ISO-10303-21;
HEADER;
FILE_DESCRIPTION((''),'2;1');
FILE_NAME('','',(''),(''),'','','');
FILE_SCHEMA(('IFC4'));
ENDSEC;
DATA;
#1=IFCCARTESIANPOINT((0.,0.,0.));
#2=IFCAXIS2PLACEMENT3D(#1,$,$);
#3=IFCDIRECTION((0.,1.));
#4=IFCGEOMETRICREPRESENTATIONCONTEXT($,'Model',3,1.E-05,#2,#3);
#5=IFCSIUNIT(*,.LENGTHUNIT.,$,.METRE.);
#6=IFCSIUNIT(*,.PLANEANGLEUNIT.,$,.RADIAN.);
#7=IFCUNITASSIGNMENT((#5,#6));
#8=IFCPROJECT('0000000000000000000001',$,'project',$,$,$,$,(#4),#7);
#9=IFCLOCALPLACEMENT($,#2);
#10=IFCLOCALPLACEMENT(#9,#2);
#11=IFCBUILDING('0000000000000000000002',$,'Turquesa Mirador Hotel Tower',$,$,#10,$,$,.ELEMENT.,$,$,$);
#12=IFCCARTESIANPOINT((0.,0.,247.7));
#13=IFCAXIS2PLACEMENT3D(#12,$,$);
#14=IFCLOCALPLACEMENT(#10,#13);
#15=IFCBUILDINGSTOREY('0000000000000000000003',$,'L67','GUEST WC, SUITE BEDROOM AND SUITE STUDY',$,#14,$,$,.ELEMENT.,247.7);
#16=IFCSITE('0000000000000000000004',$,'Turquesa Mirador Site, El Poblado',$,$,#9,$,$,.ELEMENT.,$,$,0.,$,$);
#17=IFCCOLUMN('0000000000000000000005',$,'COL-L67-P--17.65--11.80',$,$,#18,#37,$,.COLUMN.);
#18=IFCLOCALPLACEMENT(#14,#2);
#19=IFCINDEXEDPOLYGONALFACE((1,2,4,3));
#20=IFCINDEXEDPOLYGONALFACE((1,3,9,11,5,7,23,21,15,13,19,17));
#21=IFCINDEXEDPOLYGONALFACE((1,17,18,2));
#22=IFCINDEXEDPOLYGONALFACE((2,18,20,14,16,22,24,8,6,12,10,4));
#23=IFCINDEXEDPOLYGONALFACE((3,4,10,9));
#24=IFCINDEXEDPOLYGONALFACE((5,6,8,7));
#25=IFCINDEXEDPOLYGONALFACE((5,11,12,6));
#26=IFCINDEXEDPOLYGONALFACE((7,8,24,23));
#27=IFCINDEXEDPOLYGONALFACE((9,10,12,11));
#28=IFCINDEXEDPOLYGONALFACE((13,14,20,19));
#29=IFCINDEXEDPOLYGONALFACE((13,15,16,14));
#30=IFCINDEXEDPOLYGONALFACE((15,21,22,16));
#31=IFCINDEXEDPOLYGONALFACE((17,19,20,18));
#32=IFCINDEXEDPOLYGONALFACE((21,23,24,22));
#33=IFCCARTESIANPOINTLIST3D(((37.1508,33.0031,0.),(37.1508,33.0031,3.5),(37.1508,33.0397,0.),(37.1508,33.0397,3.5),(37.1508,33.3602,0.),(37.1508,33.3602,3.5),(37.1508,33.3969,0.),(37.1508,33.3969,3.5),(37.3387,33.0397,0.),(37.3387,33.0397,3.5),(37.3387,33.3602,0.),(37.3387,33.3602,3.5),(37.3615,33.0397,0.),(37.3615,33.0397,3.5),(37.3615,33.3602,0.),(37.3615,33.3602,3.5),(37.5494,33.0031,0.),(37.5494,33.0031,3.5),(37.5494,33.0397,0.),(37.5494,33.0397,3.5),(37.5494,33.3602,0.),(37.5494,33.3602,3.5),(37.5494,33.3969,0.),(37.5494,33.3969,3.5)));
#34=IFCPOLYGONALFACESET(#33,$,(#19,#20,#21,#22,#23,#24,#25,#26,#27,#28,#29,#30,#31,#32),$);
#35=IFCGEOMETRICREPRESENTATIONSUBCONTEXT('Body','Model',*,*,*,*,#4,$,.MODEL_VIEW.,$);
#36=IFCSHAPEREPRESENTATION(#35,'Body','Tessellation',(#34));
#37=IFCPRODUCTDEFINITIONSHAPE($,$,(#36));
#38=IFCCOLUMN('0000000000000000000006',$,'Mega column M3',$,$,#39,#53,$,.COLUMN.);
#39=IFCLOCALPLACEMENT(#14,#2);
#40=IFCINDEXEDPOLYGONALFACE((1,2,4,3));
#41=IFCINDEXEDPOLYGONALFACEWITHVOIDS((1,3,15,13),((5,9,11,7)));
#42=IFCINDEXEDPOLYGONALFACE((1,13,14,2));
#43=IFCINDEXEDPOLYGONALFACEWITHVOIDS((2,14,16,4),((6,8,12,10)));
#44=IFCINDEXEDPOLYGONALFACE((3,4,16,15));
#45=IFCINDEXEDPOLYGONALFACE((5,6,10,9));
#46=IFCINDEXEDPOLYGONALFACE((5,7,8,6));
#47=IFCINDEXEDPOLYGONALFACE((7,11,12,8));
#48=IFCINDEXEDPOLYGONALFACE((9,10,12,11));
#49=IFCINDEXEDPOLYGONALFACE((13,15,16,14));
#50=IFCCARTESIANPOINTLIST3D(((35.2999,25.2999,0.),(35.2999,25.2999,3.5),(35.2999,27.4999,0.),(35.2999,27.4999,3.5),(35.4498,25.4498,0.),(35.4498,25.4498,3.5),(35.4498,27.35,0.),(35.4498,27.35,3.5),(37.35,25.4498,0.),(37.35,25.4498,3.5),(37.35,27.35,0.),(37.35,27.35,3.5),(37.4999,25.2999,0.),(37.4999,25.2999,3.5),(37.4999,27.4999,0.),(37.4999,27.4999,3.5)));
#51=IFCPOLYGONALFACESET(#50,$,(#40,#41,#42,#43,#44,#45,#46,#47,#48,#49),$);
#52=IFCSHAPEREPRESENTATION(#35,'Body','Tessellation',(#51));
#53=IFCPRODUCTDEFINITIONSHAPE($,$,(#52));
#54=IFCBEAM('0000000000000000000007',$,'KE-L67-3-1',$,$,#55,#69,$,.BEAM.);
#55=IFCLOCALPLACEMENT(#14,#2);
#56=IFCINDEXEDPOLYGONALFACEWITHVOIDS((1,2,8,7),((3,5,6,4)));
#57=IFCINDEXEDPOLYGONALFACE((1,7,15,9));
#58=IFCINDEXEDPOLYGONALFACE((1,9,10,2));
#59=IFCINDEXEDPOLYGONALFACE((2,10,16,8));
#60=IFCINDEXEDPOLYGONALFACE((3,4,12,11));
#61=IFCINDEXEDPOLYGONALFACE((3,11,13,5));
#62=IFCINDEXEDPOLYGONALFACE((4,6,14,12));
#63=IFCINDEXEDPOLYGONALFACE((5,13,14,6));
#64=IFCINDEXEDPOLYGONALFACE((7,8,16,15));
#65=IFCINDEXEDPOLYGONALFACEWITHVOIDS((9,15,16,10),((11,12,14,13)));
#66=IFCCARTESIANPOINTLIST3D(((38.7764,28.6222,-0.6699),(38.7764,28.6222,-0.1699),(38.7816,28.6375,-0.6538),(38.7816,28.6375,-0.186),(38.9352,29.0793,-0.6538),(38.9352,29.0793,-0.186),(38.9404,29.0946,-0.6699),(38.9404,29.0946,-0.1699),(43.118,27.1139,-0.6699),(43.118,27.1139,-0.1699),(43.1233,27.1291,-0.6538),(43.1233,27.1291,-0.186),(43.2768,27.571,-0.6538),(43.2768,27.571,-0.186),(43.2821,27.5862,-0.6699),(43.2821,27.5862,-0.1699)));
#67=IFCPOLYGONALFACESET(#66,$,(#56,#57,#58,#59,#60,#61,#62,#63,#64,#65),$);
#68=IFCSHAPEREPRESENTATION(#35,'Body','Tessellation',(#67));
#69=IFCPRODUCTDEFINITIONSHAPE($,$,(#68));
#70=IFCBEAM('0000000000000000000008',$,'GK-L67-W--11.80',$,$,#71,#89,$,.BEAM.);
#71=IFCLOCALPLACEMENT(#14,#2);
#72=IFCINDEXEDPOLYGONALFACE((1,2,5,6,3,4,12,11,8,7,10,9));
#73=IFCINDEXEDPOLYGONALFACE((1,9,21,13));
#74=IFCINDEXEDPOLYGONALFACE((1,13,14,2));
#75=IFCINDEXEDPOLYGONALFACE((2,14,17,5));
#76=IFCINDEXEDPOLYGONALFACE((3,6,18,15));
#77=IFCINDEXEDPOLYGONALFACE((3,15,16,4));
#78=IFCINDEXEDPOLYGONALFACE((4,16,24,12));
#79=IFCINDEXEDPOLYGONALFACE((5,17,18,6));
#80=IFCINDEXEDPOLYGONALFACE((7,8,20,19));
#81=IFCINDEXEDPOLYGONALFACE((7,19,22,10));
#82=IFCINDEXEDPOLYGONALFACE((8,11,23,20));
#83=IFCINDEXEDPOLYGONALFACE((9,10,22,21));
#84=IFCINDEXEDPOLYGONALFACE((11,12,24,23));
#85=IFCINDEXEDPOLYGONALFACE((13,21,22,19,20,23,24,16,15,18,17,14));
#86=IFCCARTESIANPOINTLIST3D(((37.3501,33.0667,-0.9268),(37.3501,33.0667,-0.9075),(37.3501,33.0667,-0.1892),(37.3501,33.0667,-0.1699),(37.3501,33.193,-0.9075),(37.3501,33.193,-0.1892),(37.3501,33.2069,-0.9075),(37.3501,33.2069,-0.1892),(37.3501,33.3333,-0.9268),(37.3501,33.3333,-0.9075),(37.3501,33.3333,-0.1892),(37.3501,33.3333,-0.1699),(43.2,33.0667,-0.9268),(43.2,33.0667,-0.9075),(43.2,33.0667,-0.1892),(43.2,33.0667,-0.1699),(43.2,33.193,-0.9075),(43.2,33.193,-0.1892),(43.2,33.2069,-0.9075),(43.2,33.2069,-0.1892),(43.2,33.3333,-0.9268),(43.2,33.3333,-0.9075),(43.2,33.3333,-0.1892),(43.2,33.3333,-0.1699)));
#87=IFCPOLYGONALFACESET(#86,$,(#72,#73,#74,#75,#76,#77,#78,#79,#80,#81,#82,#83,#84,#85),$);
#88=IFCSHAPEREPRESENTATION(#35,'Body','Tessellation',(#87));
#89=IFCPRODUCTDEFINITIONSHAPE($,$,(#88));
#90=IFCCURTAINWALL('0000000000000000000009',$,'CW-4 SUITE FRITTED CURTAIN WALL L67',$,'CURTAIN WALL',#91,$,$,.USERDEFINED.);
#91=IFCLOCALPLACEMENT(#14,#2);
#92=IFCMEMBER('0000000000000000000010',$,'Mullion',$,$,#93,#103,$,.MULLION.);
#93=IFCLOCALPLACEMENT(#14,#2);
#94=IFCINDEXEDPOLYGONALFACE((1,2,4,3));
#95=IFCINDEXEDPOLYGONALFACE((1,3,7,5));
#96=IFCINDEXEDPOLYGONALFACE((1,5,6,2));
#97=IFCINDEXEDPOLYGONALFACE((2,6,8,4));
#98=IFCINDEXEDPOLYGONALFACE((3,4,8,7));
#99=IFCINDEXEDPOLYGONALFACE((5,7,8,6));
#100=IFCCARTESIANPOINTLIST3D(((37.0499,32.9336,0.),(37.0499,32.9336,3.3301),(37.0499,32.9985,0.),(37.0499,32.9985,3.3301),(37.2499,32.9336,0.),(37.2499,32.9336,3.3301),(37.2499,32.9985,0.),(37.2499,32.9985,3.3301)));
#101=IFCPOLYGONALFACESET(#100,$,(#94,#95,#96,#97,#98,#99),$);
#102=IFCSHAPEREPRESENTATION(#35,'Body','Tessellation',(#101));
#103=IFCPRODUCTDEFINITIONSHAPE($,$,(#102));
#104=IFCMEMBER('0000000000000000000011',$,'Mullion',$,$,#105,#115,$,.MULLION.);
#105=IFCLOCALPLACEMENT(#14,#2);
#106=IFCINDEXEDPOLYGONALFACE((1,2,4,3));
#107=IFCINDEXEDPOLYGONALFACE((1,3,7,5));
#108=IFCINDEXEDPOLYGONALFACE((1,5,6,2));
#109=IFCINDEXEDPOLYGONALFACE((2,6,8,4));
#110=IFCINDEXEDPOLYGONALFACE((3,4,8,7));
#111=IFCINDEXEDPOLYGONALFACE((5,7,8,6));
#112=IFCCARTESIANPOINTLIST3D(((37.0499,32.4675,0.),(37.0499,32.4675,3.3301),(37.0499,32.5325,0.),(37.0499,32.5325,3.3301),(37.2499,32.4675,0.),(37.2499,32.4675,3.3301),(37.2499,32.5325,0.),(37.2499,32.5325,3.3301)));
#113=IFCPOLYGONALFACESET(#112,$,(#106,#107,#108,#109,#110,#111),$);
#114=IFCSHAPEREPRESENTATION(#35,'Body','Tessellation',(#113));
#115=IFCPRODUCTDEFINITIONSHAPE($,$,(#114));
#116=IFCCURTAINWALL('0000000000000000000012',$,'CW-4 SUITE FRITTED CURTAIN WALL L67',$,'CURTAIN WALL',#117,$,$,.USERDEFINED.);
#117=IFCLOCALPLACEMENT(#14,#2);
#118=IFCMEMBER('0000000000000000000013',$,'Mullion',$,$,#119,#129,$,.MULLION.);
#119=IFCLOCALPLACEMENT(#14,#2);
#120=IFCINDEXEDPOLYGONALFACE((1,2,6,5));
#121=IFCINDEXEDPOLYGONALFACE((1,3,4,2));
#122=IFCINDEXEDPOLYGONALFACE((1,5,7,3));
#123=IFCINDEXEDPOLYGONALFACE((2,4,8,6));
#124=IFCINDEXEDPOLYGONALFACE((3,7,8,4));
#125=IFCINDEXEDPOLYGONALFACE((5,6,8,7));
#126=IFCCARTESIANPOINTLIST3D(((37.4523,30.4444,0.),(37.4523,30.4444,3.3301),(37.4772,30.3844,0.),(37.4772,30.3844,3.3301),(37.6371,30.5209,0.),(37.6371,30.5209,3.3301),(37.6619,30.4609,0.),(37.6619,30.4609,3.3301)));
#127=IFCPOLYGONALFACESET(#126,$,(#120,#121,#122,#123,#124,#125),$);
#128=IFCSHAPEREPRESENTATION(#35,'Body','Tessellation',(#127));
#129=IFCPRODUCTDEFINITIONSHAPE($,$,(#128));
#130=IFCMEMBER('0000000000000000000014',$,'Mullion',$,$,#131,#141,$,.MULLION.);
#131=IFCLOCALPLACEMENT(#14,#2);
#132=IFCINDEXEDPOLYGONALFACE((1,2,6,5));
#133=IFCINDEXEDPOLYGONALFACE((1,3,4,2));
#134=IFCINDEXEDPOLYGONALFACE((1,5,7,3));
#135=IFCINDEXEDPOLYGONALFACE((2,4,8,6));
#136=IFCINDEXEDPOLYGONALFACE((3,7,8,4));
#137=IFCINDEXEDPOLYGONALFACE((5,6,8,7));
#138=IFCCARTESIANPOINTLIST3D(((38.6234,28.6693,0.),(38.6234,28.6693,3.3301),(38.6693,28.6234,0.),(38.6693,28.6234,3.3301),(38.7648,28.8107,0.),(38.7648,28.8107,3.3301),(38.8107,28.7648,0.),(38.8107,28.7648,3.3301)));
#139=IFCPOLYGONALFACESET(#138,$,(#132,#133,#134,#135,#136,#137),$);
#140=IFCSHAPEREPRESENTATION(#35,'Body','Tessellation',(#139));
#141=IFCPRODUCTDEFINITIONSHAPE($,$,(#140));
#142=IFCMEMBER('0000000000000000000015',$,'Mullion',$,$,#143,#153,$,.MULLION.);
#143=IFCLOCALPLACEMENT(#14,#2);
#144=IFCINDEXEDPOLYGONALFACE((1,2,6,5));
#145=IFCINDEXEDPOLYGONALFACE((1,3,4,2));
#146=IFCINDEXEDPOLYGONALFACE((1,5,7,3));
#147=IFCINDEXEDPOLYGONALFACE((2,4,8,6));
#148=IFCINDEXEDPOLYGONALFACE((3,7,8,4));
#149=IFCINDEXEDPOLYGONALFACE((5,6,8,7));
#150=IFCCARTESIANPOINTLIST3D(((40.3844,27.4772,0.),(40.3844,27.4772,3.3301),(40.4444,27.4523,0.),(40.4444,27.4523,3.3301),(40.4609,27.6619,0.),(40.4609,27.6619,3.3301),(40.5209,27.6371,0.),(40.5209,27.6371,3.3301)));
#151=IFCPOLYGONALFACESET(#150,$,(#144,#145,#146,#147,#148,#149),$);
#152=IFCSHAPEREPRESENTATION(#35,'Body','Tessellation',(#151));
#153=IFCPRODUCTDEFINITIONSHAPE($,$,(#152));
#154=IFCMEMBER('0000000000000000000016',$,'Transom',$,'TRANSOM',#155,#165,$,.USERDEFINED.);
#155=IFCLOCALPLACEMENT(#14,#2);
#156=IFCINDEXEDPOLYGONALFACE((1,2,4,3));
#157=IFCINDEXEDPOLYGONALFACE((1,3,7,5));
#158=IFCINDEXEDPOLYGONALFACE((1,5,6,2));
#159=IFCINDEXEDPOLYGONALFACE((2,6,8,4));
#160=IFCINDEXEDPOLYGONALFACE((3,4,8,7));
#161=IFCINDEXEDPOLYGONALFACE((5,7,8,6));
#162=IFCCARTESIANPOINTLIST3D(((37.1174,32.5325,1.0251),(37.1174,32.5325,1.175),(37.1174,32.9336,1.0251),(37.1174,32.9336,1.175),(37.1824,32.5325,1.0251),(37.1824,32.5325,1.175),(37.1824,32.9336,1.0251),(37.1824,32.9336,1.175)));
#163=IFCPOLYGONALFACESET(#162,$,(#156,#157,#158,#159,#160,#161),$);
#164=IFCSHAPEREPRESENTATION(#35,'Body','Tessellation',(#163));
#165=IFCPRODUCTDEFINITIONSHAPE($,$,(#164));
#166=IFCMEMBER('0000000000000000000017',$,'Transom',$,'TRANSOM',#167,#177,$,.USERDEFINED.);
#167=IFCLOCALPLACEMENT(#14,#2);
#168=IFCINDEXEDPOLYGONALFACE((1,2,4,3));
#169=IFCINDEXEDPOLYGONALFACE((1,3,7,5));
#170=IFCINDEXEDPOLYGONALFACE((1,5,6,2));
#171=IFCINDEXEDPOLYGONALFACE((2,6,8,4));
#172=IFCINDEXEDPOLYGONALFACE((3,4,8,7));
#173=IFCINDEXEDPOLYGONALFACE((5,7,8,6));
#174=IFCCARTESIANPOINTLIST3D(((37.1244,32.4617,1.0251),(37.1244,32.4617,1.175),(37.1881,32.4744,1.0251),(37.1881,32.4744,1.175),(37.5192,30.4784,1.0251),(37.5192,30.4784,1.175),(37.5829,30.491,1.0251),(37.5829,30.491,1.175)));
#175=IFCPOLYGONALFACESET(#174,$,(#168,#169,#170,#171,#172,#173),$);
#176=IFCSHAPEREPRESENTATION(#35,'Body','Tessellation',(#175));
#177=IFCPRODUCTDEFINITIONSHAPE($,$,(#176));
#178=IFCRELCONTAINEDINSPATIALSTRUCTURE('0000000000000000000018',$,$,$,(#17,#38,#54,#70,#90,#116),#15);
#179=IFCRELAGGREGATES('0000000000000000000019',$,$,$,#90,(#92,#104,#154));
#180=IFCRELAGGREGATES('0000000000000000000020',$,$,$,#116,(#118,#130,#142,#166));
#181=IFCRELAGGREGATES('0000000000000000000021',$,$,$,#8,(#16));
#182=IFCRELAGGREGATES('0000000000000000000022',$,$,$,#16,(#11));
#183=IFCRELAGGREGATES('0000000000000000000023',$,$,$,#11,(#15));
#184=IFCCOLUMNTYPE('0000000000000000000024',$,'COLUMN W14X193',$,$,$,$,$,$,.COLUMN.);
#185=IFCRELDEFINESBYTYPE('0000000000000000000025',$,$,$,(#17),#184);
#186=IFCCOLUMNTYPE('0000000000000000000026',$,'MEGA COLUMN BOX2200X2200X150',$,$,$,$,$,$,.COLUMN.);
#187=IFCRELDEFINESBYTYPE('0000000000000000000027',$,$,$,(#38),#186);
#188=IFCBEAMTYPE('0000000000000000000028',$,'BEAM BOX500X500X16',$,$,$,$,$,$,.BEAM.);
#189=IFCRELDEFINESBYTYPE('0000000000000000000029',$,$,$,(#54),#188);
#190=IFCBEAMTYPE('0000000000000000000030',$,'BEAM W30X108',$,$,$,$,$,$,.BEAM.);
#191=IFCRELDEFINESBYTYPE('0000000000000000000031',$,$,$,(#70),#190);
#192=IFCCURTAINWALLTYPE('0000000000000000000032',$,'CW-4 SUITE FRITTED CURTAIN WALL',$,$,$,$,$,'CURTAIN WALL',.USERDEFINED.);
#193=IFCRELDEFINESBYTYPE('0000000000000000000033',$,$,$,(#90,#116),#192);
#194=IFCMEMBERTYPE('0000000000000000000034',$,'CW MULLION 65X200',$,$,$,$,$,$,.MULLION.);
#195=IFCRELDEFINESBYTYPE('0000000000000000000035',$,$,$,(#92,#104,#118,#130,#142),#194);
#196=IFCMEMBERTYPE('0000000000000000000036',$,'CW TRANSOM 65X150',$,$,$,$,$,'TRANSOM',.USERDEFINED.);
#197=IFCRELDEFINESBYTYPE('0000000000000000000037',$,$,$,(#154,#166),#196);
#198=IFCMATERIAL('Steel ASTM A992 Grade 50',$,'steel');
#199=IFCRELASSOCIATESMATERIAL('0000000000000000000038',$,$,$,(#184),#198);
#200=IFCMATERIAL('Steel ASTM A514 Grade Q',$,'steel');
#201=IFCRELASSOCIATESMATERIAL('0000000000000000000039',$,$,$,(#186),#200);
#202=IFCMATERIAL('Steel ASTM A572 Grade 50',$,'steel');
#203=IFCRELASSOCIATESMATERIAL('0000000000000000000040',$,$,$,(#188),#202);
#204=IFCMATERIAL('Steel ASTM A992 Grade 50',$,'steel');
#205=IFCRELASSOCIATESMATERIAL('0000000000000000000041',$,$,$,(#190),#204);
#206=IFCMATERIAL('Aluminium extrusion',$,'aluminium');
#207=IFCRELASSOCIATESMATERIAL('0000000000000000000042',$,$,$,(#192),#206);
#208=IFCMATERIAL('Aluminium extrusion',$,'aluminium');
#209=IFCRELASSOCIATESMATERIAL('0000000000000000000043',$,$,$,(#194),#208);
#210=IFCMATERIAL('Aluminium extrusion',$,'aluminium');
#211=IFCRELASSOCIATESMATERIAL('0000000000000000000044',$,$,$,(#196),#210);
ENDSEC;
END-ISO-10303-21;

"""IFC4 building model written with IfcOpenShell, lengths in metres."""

from ifc_helpers import new_model, si_unit, direction, frame, origin, origin_2d, place, context, subcontext, project, spatial, rectangle, hollow_rectangle, i_section, extrude, material, material_profile, profile_set, type_object, element, aggregate, save


model = new_model("IFC4")

# Units and contexts
model_context = context("Model", 3, precision=1e-05, world=origin(), true_north=direction((0.0, 1.0)))
body_context = subcontext(model_context, "Body", "Model", "MODEL_VIEW")
ifc_project = project(units=[si_unit("LENGTHUNIT", "METRE"), si_unit("PLANEANGLEUNIT", "RADIAN")], contexts=[model_context])

# Site, building, storey
site_placement = place(None, origin())
site = spatial("IfcSite", under=ifc_project, at=site_placement, Name="Turquesa Mirador Site, El Poblado", CompositionType="ELEMENT", RefElevation=0.0)
building_placement = place(site_placement, origin())
building = spatial("IfcBuilding", under=site, at=building_placement, Name="Turquesa Mirador Hotel Tower", CompositionType="ELEMENT")
storey_placement = place(building_placement, frame((0.0, 0.0, 247.7)))
storey = spatial("IfcBuildingStorey", under=building, at=storey_placement, Name="L67", Description="GUEST WC, SUITE BEDROOM AND SUITE STUDY", CompositionType="ELEMENT", Elevation=247.7)

# Columns
ifc_material_1 = material(Name="Steel ASTM A992 Grade 50", Category="steel")
ifc_material_profile_1 = material_profile(ifc_material_1, i_section(OverallWidth=0.3987, OverallDepth=0.3938, WebThickness=0.0227, FlangeThickness=0.0366, at=origin_2d()), Name="W14X193")
ifc_profile_set_1 = profile_set([ifc_material_profile_1], Name="Steel ASTM A992 Grade 50")
column_type_1 = type_object("IfcColumnType", Name="COLUMN W14X193", PredefinedType="COLUMN", material=ifc_profile_set_1)
column_1_placement = place(storey_placement, frame((37.3501, 33.2, 0.0), z_axis=(0.0, 0.0, 1.0), x_axis=(1.0, 0.0, 0.0)))
element("IfcColumn", 1, at=column_1_placement, inside=storey, type_object=column_type_1, Name="COL-L67-P--17.65--11.80", PredefinedType="COLUMN", context=body_context, shape_type="SweptSolid", body=[
    extrude(i_section(OverallWidth=0.3987, OverallDepth=0.3938, WebThickness=0.0227, FlangeThickness=0.0366, at=origin_2d()), origin(), (0.0, 0.0, 1.0), 3.5),
])
ifc_material_2 = material(Name="Steel ASTM A514 Grade Q", Category="steel")
ifc_material_profile_2 = material_profile(ifc_material_2, hollow_rectangle(XDim=2.2, YDim=2.2, WallThickness=0.1499, at=origin_2d()), Name="BOX2200X2200X150")
ifc_profile_set_2 = profile_set([ifc_material_profile_2], Name="Steel ASTM A514 Grade Q")
column_type_2 = type_object("IfcColumnType", Name="MEGA COLUMN BOX2200X2200X150", PredefinedType="COLUMN", material=ifc_profile_set_2)
column_2_placement = place(storey_placement, frame((36.3999, 26.3999, 0.0), z_axis=(0.0, 0.0, 1.0), x_axis=(1.0, 0.0, 0.0)))
element("IfcColumn", 2, at=column_2_placement, inside=storey, type_object=column_type_2, Name="Mega column M3", PredefinedType="COLUMN", context=body_context, shape_type="SweptSolid", body=[
    extrude(hollow_rectangle(XDim=2.2, YDim=2.2, WallThickness=0.1499, at=origin_2d()), origin(), (0.0, 0.0, 1.0), 3.5),
])

# Beams
ifc_material_3 = material(Name="Steel ASTM A572 Grade 50", Category="steel")
ifc_material_profile_3 = material_profile(ifc_material_3, hollow_rectangle(XDim=0.5, YDim=0.5, WallThickness=0.0161, at=origin_2d()), Name="BOX500X500X16")
ifc_profile_set_3 = profile_set([ifc_material_profile_3], Name="Steel ASTM A572 Grade 50")
beam_type_1 = type_object("IfcBeamType", Name="BEAM BOX500X500X16", PredefinedType="BEAM", material=ifc_profile_set_3)
beam_1_placement = place(storey_placement, frame((38.8584, 28.8584, -0.4199), z_axis=(0.944619, -0.32817, 0.0), x_axis=(0.32817, 0.944619, 0.0)))
element("IfcBeam", 3, at=beam_1_placement, inside=storey, type_object=beam_type_1, Name="KE-L67-3-1", PredefinedType="BEAM", context=body_context, shape_type="SweptSolid", body=[
    extrude(hollow_rectangle(XDim=0.5, YDim=0.5, WallThickness=0.0161, at=origin_2d()), origin(), (0.0, 0.0, 1.0), 4.5962),
])
ifc_material_4 = material(Name="Steel ASTM A992 Grade 50", Category="steel")
ifc_material_profile_4 = material_profile(ifc_material_4, i_section(OverallWidth=0.2666, OverallDepth=0.7568, WebThickness=0.0139, FlangeThickness=0.0193, at=origin_2d()), Name="W30X108")
ifc_profile_set_4 = profile_set([ifc_material_profile_4], Name="Steel ASTM A992 Grade 50")
beam_type_2 = type_object("IfcBeamType", Name="BEAM W30X108", PredefinedType="BEAM", material=ifc_profile_set_4)
beam_2_placement = place(storey_placement, frame((37.3501, 33.2, -0.5483), z_axis=(1.0, 0.0, 0.0), x_axis=(0.0, 1.0, 0.0)))
element("IfcBeam", 4, at=beam_2_placement, inside=storey, type_object=beam_type_2, Name="GK-L67-W--11.80", PredefinedType="BEAM", context=body_context, shape_type="SweptSolid", body=[
    extrude(i_section(OverallWidth=0.2666, OverallDepth=0.7568, WebThickness=0.0139, FlangeThickness=0.0193, at=origin_2d()), origin(), (0.0, 0.0, 1.0), 5.8499),
])

# Curtain walls, members
ifc_material_5 = material(Name="Aluminium extrusion", Category="aluminium")
curtain_wall_type = type_object("IfcCurtainWallType", Name="CW-4 SUITE FRITTED CURTAIN WALL", ElementType="CURTAIN WALL", PredefinedType="USERDEFINED", material=ifc_material_5)
curtain_wall_1_placement = place(storey_placement, origin())
curtain_wall_1 = element("IfcCurtainWall", 5, at=curtain_wall_1_placement, inside=storey, type_object=curtain_wall_type, Name="CW-4 SUITE FRITTED CURTAIN WALL L67", ObjectType="CURTAIN WALL", PredefinedType="USERDEFINED")
ifc_material_6 = material(Name="Aluminium extrusion", Category="aluminium")
ifc_material_profile_5 = material_profile(ifc_material_6, rectangle(XDim=0.0649, YDim=0.2, at=origin_2d()), Name="MULLION 65X200")
ifc_profile_set_5 = profile_set([ifc_material_profile_5], Name="Aluminium extrusion")
member_type_1 = type_object("IfcMemberType", Name="CW MULLION 65X200", PredefinedType="MULLION", material=ifc_profile_set_5)
member_1_placement = place(storey_placement, frame((37.1499, 32.9661, 0.0), z_axis=(0.0, 0.0, 1.0), x_axis=(0.0, -1.0, 0.0)))
member_1 = element("IfcMember", 6, at=member_1_placement, type_object=member_type_1, Name="Mullion", PredefinedType="MULLION", context=body_context, shape_type="SweptSolid", body=[
    extrude(rectangle(XDim=0.0649, YDim=0.2, at=origin_2d()), origin(), (0.0, 0.0, 1.0), 3.3301),
])
member_2_placement = place(storey_placement, frame((37.1499, 32.5, 0.0), z_axis=(0.0, 0.0, 1.0), x_axis=(0.0, -1.0, 0.0)))
member_2 = element("IfcMember", 7, at=member_2_placement, type_object=member_type_1, Name="Mullion", PredefinedType="MULLION", context=body_context, shape_type="SweptSolid", body=[
    extrude(rectangle(XDim=0.0649, YDim=0.2, at=origin_2d()), origin(), (0.0, 0.0, 1.0), 3.3301),
])
curtain_wall_2_placement = place(storey_placement, origin())
curtain_wall_2 = element("IfcCurtainWall", 8, at=curtain_wall_2_placement, inside=storey, type_object=curtain_wall_type, Name="CW-4 SUITE FRITTED CURTAIN WALL L67", ObjectType="CURTAIN WALL", PredefinedType="USERDEFINED")
member_3_placement = place(storey_placement, frame((37.5571, 30.4526, 0.0), z_axis=(0.0, 0.0, 1.0), x_axis=(0.382683, -0.92388, 0.0)))
member_3 = element("IfcMember", 9, at=member_3_placement, type_object=member_type_1, Name="Mullion", PredefinedType="MULLION", context=body_context, shape_type="SweptSolid", body=[
    extrude(rectangle(XDim=0.0649, YDim=0.2, at=origin_2d()), origin(), (0.0, 0.0, 1.0), 3.3301),
])
member_4_placement = place(storey_placement, frame((38.717, 28.717, 0.0), z_axis=(0.0, 0.0, 1.0), x_axis=(0.707107, -0.707107, 0.0)))
member_4 = element("IfcMember", 10, at=member_4_placement, type_object=member_type_1, Name="Mullion", PredefinedType="MULLION", context=body_context, shape_type="SweptSolid", body=[
    extrude(rectangle(XDim=0.0649, YDim=0.2, at=origin_2d()), origin(), (0.0, 0.0, 1.0), 3.3301),
])
member_5_placement = place(storey_placement, frame((40.4526, 27.5571, 0.0), z_axis=(0.0, 0.0, 1.0), x_axis=(0.92388, -0.382683, 0.0)))
member_5 = element("IfcMember", 11, at=member_5_placement, type_object=member_type_1, Name="Mullion", PredefinedType="MULLION", context=body_context, shape_type="SweptSolid", body=[
    extrude(rectangle(XDim=0.0649, YDim=0.2, at=origin_2d()), origin(), (0.0, 0.0, 1.0), 3.3301),
])

# Members
ifc_material_7 = material(Name="Aluminium extrusion", Category="aluminium")
ifc_material_profile_6 = material_profile(ifc_material_7, rectangle(XDim=0.0649, YDim=0.1499, at=origin_2d()), Name="TRANSOM 65X150")
ifc_profile_set_6 = profile_set([ifc_material_profile_6], Name="Aluminium extrusion")
member_type_2 = type_object("IfcMemberType", Name="CW TRANSOM 65X150", ElementType="TRANSOM", PredefinedType="USERDEFINED", material=ifc_profile_set_6)
member_6_placement = place(storey_placement, frame((37.1499, 32.9336, 1.1001), z_axis=(0.0, -1.0, 0.0), x_axis=(1.0, 0.0, 0.0)))
member_6 = element("IfcMember", 12, at=member_6_placement, type_object=member_type_2, Name="Transom", ObjectType="TRANSOM", PredefinedType="USERDEFINED", context=body_context, shape_type="SweptSolid", body=[
    extrude(rectangle(XDim=0.0649, YDim=0.1499, at=origin_2d()), origin(), (0.0, 0.0, 1.0), 0.4011),
])
member_7_placement = place(storey_placement, frame((37.1562, 32.468, 1.1001), z_axis=(0.195211, -0.980761, 0.0), x_axis=(0.980761, 0.195211, 0.0)))
member_7 = element("IfcMember", 13, at=member_7_placement, type_object=member_type_2, Name="Transom", ObjectType="TRANSOM", PredefinedType="USERDEFINED", context=body_context, shape_type="SweptSolid", body=[
    extrude(rectangle(XDim=0.0649, YDim=0.1499, at=origin_2d()), origin(), (0.0, 0.0, 1.0), 2.0222),
])

aggregate(curtain_wall_1, [member_1, member_2, member_6])
aggregate(curtain_wall_2, [member_3, member_4, member_5, member_7])

save(model, "model.ifc")
